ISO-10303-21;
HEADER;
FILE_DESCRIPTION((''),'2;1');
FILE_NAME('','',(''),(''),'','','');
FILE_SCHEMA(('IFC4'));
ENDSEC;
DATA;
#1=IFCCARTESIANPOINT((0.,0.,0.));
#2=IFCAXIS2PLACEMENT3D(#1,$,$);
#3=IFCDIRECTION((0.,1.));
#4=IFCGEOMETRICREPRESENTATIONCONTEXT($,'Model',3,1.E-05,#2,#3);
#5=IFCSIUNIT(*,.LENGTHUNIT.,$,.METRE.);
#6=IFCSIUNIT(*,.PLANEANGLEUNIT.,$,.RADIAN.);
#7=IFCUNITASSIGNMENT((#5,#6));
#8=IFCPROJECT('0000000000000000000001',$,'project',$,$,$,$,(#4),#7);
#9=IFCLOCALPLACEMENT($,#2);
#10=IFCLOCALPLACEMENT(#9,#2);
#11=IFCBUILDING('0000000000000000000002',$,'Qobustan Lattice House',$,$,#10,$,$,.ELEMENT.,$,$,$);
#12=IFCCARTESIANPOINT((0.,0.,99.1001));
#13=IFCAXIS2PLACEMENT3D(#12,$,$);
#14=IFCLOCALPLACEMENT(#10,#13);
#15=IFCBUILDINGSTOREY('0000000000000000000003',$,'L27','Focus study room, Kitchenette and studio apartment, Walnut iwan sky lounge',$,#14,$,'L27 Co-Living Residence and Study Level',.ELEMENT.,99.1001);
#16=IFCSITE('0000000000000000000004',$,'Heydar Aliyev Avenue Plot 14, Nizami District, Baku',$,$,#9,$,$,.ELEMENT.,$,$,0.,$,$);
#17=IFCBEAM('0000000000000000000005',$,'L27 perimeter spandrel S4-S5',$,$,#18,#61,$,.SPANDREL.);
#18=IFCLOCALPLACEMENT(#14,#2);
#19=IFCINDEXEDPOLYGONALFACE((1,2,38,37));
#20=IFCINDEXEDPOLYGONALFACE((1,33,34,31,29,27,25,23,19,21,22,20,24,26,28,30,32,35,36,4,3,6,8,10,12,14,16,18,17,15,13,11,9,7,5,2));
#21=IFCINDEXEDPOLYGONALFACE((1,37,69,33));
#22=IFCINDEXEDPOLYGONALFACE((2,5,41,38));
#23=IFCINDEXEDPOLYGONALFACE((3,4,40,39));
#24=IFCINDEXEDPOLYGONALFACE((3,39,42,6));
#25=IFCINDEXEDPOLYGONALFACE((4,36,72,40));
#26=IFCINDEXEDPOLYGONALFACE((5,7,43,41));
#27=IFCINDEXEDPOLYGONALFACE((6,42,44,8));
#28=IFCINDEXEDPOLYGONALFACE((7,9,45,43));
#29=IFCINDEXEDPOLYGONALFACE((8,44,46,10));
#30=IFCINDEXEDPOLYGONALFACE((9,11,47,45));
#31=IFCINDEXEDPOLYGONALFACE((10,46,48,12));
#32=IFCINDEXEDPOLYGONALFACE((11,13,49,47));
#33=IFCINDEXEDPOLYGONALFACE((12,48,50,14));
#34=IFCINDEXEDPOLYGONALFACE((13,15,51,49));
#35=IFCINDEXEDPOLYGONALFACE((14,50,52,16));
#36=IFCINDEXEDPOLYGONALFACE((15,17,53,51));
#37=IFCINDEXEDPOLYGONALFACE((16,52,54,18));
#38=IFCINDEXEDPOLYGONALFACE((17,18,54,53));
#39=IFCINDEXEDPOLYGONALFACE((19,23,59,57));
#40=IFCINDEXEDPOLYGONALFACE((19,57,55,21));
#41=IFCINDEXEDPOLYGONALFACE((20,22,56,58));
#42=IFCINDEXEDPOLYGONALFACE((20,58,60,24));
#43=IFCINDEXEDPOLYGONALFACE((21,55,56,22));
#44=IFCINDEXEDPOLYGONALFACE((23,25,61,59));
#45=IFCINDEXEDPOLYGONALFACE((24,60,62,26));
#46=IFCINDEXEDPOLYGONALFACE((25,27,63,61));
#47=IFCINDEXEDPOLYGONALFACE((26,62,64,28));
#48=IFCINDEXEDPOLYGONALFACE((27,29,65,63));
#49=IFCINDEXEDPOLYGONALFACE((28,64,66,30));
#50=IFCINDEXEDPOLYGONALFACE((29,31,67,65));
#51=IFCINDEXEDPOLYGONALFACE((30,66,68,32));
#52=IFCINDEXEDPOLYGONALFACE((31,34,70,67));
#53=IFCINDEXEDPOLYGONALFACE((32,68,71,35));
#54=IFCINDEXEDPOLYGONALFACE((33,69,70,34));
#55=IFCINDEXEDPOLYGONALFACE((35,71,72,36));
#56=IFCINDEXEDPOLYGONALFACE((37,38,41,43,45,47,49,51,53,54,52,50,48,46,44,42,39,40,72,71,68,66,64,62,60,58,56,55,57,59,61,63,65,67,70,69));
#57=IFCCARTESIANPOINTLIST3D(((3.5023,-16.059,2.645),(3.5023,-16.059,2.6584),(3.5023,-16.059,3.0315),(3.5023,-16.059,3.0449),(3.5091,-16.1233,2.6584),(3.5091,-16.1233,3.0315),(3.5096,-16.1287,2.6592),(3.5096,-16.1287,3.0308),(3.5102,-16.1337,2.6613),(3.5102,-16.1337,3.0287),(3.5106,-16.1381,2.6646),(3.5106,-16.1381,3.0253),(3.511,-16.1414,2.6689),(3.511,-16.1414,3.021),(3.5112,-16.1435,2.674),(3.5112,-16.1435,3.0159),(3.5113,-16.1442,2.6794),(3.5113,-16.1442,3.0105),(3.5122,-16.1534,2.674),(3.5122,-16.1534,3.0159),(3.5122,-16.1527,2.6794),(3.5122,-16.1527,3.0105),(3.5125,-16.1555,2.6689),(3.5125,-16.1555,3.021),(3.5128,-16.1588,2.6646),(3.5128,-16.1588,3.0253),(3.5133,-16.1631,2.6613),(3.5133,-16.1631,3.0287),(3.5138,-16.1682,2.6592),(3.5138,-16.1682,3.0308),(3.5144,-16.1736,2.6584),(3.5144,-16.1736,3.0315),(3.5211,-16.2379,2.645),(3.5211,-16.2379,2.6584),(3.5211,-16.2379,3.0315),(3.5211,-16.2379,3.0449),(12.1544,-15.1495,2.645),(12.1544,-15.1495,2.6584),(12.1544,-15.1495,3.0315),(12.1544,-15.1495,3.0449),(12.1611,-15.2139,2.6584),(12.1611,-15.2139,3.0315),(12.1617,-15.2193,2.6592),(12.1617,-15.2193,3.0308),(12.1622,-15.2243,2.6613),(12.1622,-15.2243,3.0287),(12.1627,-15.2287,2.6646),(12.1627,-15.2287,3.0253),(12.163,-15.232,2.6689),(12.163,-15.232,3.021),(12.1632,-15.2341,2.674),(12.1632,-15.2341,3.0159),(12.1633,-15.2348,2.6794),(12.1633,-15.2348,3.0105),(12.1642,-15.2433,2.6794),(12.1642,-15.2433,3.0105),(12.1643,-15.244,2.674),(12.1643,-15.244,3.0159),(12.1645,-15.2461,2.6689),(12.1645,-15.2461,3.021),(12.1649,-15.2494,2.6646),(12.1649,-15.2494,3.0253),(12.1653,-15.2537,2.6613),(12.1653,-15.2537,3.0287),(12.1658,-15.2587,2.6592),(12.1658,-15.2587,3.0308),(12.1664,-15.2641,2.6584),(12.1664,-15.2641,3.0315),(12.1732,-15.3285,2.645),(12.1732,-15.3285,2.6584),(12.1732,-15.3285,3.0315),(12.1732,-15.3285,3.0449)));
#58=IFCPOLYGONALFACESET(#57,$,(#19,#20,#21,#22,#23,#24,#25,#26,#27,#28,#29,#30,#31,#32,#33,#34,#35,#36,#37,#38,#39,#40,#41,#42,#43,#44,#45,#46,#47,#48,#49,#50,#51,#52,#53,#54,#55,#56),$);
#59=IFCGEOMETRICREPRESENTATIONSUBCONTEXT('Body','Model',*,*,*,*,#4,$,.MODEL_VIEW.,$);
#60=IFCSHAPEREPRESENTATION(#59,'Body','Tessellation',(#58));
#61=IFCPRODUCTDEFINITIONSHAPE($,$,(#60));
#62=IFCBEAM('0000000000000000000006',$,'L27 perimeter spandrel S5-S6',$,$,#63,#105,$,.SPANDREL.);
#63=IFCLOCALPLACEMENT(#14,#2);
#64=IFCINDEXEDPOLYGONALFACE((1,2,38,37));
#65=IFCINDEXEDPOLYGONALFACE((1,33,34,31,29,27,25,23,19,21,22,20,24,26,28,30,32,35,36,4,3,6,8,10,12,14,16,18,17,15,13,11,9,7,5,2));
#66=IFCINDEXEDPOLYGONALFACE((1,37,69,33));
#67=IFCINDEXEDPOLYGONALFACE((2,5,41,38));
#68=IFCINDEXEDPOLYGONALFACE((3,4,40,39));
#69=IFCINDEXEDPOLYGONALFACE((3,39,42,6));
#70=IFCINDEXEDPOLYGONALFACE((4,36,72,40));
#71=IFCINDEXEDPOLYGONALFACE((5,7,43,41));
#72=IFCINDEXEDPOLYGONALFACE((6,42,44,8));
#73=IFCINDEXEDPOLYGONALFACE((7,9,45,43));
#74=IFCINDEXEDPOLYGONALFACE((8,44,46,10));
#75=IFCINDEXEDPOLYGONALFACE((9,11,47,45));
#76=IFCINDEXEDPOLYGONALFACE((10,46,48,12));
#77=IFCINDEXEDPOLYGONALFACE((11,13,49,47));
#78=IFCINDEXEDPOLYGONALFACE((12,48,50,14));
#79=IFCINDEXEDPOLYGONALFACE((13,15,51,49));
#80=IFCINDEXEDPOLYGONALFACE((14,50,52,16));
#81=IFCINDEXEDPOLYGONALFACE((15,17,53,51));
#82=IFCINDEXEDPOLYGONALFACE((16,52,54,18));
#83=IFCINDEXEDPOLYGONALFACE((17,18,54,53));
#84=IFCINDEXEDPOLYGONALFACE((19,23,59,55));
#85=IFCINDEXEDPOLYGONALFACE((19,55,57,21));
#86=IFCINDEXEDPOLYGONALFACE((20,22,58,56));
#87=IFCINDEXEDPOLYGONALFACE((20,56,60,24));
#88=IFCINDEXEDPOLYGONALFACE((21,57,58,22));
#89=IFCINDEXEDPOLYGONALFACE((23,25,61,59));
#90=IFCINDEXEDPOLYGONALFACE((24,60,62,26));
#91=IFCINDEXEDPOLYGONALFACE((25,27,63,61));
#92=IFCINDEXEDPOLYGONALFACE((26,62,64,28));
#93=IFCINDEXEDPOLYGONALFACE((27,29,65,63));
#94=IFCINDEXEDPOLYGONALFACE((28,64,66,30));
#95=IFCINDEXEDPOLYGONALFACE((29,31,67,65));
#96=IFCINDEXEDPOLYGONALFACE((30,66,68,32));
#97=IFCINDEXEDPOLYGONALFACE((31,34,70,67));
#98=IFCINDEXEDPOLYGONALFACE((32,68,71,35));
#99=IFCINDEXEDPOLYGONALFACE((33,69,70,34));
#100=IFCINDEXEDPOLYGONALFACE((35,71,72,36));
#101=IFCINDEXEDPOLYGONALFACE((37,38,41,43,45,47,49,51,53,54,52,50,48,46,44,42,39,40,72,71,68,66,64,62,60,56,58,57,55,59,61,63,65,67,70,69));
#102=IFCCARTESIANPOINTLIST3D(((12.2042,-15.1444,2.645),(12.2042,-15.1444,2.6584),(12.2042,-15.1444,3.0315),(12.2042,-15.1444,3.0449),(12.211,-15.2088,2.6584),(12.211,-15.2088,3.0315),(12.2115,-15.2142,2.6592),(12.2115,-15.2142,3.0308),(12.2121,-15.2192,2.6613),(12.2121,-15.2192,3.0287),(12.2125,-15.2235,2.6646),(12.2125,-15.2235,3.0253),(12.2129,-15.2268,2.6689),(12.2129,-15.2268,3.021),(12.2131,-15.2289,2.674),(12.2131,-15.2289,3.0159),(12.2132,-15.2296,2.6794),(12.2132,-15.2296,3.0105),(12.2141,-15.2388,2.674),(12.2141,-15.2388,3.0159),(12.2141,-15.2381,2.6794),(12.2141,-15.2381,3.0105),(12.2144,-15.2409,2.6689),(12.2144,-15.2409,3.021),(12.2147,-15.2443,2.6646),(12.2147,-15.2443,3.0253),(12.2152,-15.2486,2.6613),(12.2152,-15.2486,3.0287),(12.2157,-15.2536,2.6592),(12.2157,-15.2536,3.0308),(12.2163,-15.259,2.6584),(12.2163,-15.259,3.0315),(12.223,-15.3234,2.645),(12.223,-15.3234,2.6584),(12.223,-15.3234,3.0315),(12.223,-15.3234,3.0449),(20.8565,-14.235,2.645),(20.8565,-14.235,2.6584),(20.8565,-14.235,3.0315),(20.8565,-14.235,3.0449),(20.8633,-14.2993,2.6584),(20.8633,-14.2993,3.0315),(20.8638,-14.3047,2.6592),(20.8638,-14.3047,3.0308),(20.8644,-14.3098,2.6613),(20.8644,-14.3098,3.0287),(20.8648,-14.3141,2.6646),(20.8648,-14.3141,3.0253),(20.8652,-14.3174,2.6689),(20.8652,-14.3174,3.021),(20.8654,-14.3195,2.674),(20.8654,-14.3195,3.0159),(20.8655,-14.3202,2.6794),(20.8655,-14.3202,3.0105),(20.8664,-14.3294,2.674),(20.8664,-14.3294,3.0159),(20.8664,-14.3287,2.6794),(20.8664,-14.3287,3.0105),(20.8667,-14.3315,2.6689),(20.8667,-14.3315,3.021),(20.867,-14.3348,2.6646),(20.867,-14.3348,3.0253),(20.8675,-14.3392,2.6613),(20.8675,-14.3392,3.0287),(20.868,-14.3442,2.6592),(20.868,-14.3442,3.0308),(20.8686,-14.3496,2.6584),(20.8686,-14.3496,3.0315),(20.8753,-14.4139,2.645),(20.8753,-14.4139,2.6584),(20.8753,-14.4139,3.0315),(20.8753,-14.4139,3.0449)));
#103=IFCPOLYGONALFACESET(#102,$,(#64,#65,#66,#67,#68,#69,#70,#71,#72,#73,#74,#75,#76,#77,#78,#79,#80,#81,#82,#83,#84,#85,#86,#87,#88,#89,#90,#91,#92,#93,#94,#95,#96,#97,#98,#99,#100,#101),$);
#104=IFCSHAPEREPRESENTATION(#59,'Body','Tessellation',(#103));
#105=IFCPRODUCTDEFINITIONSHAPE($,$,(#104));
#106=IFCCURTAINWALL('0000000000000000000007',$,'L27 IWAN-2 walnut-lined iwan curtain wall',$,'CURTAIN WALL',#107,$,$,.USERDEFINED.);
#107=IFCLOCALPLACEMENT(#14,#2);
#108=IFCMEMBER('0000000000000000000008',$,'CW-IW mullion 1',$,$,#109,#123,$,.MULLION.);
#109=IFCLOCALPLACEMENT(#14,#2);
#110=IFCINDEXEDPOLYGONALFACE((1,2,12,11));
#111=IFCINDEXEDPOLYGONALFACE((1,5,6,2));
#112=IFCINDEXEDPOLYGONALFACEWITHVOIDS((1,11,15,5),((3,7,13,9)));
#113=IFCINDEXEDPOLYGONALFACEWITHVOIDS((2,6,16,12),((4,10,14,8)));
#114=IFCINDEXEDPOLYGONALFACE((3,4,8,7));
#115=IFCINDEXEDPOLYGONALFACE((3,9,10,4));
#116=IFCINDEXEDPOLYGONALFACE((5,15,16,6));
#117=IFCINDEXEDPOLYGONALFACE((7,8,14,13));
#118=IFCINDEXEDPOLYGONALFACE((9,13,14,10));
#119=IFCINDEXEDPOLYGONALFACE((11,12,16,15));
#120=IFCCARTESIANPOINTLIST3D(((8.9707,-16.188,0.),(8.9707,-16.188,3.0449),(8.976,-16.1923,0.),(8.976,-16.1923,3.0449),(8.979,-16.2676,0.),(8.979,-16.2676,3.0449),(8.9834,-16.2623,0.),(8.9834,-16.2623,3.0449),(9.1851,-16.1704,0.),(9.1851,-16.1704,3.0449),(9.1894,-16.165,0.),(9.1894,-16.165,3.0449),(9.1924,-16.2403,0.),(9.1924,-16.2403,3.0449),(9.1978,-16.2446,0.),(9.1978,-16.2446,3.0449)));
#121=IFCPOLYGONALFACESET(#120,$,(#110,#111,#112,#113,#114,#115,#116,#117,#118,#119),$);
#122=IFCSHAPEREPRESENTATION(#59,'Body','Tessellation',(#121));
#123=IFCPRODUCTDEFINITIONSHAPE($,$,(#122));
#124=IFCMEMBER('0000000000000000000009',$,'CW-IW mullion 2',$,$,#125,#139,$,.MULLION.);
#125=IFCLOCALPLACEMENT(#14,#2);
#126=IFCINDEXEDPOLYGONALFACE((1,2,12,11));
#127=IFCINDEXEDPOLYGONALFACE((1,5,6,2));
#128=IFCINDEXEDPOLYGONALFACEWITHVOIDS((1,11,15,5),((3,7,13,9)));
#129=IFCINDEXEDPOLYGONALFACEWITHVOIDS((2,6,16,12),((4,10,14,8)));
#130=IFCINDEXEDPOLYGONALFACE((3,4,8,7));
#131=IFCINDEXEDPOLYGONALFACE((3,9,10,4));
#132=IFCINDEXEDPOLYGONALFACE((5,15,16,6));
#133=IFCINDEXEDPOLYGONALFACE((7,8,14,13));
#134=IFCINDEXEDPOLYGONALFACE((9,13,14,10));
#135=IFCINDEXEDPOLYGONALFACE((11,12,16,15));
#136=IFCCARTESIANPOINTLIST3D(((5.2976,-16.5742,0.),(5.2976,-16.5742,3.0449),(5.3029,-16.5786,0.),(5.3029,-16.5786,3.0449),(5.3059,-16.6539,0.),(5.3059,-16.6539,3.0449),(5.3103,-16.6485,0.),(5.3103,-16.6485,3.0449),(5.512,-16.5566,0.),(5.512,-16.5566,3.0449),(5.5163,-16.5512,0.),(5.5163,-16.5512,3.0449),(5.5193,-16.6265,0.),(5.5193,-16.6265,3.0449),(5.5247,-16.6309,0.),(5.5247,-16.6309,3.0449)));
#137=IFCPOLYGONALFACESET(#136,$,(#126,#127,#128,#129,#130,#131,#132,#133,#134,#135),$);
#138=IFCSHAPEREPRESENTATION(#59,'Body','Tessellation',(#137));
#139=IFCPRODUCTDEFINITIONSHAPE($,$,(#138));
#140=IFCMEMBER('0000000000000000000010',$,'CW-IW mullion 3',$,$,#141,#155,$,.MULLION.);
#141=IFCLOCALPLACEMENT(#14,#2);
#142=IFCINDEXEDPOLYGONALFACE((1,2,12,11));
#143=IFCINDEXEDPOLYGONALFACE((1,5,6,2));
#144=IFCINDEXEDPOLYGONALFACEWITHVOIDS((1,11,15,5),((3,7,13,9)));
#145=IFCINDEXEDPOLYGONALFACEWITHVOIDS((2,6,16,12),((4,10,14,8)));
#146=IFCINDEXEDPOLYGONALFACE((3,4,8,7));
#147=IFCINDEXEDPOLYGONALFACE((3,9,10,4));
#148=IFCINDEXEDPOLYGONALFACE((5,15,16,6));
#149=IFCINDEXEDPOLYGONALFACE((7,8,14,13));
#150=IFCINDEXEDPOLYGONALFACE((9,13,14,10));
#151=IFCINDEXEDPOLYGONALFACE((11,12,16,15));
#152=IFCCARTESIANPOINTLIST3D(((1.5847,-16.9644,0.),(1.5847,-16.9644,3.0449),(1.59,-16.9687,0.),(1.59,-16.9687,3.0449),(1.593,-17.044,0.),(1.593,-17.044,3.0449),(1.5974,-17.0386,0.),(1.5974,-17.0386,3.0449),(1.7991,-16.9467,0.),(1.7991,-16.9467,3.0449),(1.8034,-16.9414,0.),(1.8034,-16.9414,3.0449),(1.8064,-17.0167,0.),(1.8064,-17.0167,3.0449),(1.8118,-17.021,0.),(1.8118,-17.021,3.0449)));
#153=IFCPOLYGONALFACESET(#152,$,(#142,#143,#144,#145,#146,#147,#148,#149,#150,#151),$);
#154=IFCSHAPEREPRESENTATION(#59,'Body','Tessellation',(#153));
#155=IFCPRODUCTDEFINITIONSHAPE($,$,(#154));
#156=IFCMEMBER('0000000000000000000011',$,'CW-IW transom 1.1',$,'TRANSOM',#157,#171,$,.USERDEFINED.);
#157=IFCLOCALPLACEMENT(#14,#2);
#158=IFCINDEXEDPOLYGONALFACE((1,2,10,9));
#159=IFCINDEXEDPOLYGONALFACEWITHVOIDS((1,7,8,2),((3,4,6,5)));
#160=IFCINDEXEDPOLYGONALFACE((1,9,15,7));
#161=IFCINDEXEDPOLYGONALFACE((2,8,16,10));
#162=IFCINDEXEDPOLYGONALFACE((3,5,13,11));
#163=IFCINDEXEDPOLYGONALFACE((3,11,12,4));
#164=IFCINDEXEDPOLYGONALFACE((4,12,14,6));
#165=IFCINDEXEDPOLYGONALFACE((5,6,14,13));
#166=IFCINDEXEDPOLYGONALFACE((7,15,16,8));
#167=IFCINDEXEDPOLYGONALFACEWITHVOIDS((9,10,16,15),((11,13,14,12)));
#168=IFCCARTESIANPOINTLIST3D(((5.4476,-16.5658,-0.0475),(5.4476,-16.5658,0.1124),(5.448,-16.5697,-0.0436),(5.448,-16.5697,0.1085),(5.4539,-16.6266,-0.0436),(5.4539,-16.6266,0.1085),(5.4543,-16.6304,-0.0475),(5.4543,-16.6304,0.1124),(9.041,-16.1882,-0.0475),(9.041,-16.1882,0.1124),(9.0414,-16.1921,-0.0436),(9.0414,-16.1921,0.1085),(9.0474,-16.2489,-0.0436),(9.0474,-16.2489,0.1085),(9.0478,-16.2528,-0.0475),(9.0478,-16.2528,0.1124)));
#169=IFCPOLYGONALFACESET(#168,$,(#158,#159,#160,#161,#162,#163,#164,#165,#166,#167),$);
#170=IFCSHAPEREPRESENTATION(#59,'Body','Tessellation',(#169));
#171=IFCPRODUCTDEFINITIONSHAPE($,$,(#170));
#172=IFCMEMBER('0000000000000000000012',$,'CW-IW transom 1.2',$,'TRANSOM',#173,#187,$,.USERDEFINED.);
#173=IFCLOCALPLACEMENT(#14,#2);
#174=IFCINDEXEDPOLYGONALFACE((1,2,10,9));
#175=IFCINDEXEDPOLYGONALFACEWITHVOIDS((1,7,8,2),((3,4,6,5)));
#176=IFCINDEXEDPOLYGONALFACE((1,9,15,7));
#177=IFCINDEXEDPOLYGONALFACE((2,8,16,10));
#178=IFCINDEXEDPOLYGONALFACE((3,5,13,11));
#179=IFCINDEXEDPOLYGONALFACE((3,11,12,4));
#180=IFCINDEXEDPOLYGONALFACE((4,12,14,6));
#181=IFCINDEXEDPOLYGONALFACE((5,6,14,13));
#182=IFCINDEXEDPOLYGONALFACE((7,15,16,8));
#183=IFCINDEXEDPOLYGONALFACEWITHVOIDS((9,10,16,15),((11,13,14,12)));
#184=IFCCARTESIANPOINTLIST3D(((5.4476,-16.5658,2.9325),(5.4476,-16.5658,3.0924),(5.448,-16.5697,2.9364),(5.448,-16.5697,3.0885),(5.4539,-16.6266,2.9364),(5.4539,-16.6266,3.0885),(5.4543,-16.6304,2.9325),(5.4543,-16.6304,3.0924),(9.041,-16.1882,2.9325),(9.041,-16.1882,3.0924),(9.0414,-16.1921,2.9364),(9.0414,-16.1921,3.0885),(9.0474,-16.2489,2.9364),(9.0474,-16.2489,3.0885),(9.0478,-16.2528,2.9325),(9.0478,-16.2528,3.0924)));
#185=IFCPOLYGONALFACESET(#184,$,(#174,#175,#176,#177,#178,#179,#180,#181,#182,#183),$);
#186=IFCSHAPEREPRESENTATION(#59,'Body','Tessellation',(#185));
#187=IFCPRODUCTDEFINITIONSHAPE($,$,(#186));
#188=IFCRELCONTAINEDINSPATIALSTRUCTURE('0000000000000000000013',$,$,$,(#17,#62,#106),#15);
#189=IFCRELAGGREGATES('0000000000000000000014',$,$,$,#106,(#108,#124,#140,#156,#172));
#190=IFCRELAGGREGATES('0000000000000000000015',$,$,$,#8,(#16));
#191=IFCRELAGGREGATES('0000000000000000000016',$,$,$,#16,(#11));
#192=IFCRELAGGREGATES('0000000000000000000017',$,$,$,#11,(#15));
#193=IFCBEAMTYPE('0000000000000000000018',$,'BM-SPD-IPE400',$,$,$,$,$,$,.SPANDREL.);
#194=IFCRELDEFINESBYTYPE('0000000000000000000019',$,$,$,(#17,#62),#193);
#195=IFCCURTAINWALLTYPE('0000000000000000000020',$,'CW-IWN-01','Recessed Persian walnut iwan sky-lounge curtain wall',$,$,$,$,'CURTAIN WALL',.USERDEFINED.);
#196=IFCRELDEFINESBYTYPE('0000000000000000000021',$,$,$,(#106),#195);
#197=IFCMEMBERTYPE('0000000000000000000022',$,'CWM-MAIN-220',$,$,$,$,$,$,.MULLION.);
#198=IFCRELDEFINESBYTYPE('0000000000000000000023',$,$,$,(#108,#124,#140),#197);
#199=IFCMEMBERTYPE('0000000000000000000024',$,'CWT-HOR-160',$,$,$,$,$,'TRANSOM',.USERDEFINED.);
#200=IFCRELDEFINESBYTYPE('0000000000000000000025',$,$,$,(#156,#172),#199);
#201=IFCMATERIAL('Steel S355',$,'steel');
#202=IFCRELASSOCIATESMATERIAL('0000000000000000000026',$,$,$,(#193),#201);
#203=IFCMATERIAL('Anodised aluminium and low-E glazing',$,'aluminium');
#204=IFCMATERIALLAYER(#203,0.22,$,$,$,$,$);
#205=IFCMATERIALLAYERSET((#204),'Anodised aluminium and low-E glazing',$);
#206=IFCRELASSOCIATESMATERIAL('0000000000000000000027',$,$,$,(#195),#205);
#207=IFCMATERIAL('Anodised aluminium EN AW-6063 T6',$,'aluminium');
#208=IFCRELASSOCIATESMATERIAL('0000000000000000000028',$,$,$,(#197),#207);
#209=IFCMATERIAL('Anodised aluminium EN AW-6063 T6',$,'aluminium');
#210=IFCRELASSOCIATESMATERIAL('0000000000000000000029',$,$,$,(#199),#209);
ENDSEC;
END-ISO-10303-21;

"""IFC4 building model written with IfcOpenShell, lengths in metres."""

from ifc_helpers import new_model, si_unit, direction, frame, origin, origin_2d, place, context, subcontext, project, spatial, hollow_rectangle, i_section, extrude, material, layer, layer_set, material_profile, profile_set, type_object, element, aggregate, save


model = new_model("IFC4")

# Units and contexts
model_context = context("Model", 3, precision=1e-05, world=origin(), true_north=direction((0.0, 1.0)))
body_context = subcontext(model_context, "Body", "Model", "MODEL_VIEW")
ifc_project = project(units=[si_unit("LENGTHUNIT", "METRE"), si_unit("PLANEANGLEUNIT", "RADIAN")], contexts=[model_context])

# Site, building, storey
site_placement = place(None, origin())
site = spatial("IfcSite", under=ifc_project, at=site_placement, Name="Heydar Aliyev Avenue Plot 14, Nizami District, Baku", CompositionType="ELEMENT", RefElevation=0.0)
building_placement = place(site_placement, origin())
building = spatial("IfcBuilding", under=site, at=building_placement, Name="Qobustan Lattice House", CompositionType="ELEMENT")
storey_placement = place(building_placement, frame((0.0, 0.0, 99.1001)))
storey = spatial("IfcBuildingStorey", under=building, at=storey_placement, Name="L27", Description="Focus study room, Kitchenette and studio apartment, Walnut iwan sky lounge", LongName="L27 Co-Living Residence and Study Level", CompositionType="ELEMENT", Elevation=99.1001)

# Beams
ifc_material_1 = material(Name="Steel S355", Category="steel")
ifc_material_profile_1 = material_profile(ifc_material_1, i_section(OverallWidth=0.1799, OverallDepth=0.3999, WebThickness=0.0085, FlangeThickness=0.0134, FilletRadius=0.021, at=origin_2d()), Name="IPE400")
ifc_profile_set_1 = profile_set([ifc_material_profile_1], Name="Steel S355")
beam_type_1 = type_object("IfcBeamType", Name="BM-SPD-IPE400", PredefinedType="SPANDREL", material=ifc_profile_set_1)
beam_1_placement = place(storey_placement, frame((3.5117, -16.1484, 2.845), z_axis=(0.994521, 0.104534, 0.0), x_axis=(-0.104534, 0.994521, 0.0)))
element("IfcBeam", 1, at=beam_1_placement, inside=storey, type_object=beam_type_1, Name="L27 perimeter spandrel S4-S5", PredefinedType="SPANDREL", context=body_context, shape_type="SweptSolid", body=[
    extrude(i_section(OverallWidth=0.1799, OverallDepth=0.3999, WebThickness=0.0085, FlangeThickness=0.0134, FilletRadius=0.021, at=origin_2d()), origin(), (0.0, 0.0, 1.0), 8.6997),
])
beam_2_placement = place(storey_placement, frame((12.2136, -15.2339, 2.845), z_axis=(0.994522, 0.104531, 0.0), x_axis=(-0.104531, 0.994522, 0.0)))
element("IfcBeam", 2, at=beam_2_placement, inside=storey, type_object=beam_type_1, Name="L27 perimeter spandrel S5-S6", PredefinedType="SPANDREL", context=body_context, shape_type="SweptSolid", body=[
    extrude(i_section(OverallWidth=0.1799, OverallDepth=0.3999, WebThickness=0.0085, FlangeThickness=0.0134, FilletRadius=0.021, at=origin_2d()), origin(), (0.0, 0.0, 1.0), 8.7),
])

# Curtain wall, members
ifc_material_2 = material(Name="Anodised aluminium and low-E glazing", Category="aluminium")
ifc_layer_1 = layer(ifc_material_2, 0.22)
ifc_layer_set_1 = layer_set([ifc_layer_1], Name="Anodised aluminium and low-E glazing")
curtain_wall_type = type_object("IfcCurtainWallType", Name="CW-IWN-01", Description="Recessed Persian walnut iwan sky-lounge curtain wall", ElementType="CURTAIN WALL", PredefinedType="USERDEFINED", material=ifc_layer_set_1)
curtain_wall_placement = place(storey_placement, origin())
curtain_wall = element("IfcCurtainWall", 3, at=curtain_wall_placement, inside=storey, type_object=curtain_wall_type, Name="L27 IWAN-2 walnut-lined iwan curtain wall", ObjectType="CURTAIN WALL", PredefinedType="USERDEFINED")
ifc_material_3 = material(Name="Anodised aluminium EN AW-6063 T6", Category="aluminium")
ifc_material_profile_2 = material_profile(ifc_material_3, hollow_rectangle(XDim=0.0801, YDim=0.22, WallThickness=0.0049, at=origin_2d()), Name="CWM-220x80")
ifc_profile_set_2 = profile_set([ifc_material_profile_2], Name="Anodised aluminium EN AW-6063 T6")
member_type_1 = type_object("IfcMemberType", Name="CWM-MAIN-220", PredefinedType="MULLION", material=ifc_profile_set_2)
member_1_placement = place(storey_placement, frame((9.0842, -16.2163, 0.0), z_axis=(0.0, 0.0, 1.0), x_axis=(0.104526, -0.994522, 0.0)))
member_1 = element("IfcMember", 4, at=member_1_placement, type_object=member_type_1, Name="CW-IW mullion 1", PredefinedType="MULLION", context=body_context, shape_type="SweptSolid", body=[
    extrude(hollow_rectangle(XDim=0.0801, YDim=0.22, WallThickness=0.0049, at=origin_2d()), origin(), (0.0, 0.0, 1.0), 3.0449),
])
member_2_placement = place(storey_placement, frame((5.4111, -16.6025, 0.0), z_axis=(0.0, 0.0, 1.0), x_axis=(0.104526, -0.994522, 0.0)))
member_2 = element("IfcMember", 5, at=member_2_placement, type_object=member_type_1, Name="CW-IW mullion 2", PredefinedType="MULLION", context=body_context, shape_type="SweptSolid", body=[
    extrude(hollow_rectangle(XDim=0.0801, YDim=0.22, WallThickness=0.0049, at=origin_2d()), origin(), (0.0, 0.0, 1.0), 3.0449),
])
member_3_placement = place(storey_placement, frame((1.6982, -16.9927, 0.0), z_axis=(0.0, 0.0, 1.0), x_axis=(0.104526, -0.994522, 0.0)))
member_3 = element("IfcMember", 6, at=member_3_placement, type_object=member_type_1, Name="CW-IW mullion 3", PredefinedType="MULLION", context=body_context, shape_type="SweptSolid", body=[
    extrude(hollow_rectangle(XDim=0.0801, YDim=0.22, WallThickness=0.0049, at=origin_2d()), origin(), (0.0, 0.0, 1.0), 3.0449),
])
ifc_material_4 = material(Name="Anodised aluminium EN AW-6063 T6", Category="aluminium")
ifc_material_profile_3 = material_profile(ifc_material_4, hollow_rectangle(XDim=0.0649, YDim=0.1599, WallThickness=0.0039, at=origin_2d()), Name="CWT-160x65")
ifc_profile_set_3 = profile_set([ifc_material_profile_3], Name="Anodised aluminium EN AW-6063 T6")
member_type_2 = type_object("IfcMemberType", Name="CWT-HOR-160", ElementType="TRANSOM", PredefinedType="USERDEFINED", material=ifc_profile_set_3)
member_4_placement = place(storey_placement, frame((9.0444, -16.2205, 0.0325), z_axis=(-0.994522, -0.104527, 0.0), x_axis=(0.104527, -0.994522, 0.0)))
member_4 = element("IfcMember", 7, at=member_4_placement, type_object=member_type_2, Name="CW-IW transom 1.1", ObjectType="TRANSOM", PredefinedType="USERDEFINED", context=body_context, shape_type="SweptSolid", body=[
    extrude(hollow_rectangle(XDim=0.0649, YDim=0.1599, WallThickness=0.0039, at=origin_2d()), origin(), (0.0, 0.0, 1.0), 3.6133),
])
member_5_placement = place(storey_placement, frame((9.0444, -16.2205, 3.0125), z_axis=(-0.994522, -0.104527, 0.0), x_axis=(0.104527, -0.994522, 0.0)))
member_5 = element("IfcMember", 8, at=member_5_placement, type_object=member_type_2, Name="CW-IW transom 1.2", ObjectType="TRANSOM", PredefinedType="USERDEFINED", context=body_context, shape_type="SweptSolid", body=[
    extrude(hollow_rectangle(XDim=0.0649, YDim=0.1599, WallThickness=0.0039, at=origin_2d()), origin(), (0.0, 0.0, 1.0), 3.6133),
])
aggregate(curtain_wall, [member_1, member_2, member_3, member_4, member_5])

save(model, "model.ifc")
